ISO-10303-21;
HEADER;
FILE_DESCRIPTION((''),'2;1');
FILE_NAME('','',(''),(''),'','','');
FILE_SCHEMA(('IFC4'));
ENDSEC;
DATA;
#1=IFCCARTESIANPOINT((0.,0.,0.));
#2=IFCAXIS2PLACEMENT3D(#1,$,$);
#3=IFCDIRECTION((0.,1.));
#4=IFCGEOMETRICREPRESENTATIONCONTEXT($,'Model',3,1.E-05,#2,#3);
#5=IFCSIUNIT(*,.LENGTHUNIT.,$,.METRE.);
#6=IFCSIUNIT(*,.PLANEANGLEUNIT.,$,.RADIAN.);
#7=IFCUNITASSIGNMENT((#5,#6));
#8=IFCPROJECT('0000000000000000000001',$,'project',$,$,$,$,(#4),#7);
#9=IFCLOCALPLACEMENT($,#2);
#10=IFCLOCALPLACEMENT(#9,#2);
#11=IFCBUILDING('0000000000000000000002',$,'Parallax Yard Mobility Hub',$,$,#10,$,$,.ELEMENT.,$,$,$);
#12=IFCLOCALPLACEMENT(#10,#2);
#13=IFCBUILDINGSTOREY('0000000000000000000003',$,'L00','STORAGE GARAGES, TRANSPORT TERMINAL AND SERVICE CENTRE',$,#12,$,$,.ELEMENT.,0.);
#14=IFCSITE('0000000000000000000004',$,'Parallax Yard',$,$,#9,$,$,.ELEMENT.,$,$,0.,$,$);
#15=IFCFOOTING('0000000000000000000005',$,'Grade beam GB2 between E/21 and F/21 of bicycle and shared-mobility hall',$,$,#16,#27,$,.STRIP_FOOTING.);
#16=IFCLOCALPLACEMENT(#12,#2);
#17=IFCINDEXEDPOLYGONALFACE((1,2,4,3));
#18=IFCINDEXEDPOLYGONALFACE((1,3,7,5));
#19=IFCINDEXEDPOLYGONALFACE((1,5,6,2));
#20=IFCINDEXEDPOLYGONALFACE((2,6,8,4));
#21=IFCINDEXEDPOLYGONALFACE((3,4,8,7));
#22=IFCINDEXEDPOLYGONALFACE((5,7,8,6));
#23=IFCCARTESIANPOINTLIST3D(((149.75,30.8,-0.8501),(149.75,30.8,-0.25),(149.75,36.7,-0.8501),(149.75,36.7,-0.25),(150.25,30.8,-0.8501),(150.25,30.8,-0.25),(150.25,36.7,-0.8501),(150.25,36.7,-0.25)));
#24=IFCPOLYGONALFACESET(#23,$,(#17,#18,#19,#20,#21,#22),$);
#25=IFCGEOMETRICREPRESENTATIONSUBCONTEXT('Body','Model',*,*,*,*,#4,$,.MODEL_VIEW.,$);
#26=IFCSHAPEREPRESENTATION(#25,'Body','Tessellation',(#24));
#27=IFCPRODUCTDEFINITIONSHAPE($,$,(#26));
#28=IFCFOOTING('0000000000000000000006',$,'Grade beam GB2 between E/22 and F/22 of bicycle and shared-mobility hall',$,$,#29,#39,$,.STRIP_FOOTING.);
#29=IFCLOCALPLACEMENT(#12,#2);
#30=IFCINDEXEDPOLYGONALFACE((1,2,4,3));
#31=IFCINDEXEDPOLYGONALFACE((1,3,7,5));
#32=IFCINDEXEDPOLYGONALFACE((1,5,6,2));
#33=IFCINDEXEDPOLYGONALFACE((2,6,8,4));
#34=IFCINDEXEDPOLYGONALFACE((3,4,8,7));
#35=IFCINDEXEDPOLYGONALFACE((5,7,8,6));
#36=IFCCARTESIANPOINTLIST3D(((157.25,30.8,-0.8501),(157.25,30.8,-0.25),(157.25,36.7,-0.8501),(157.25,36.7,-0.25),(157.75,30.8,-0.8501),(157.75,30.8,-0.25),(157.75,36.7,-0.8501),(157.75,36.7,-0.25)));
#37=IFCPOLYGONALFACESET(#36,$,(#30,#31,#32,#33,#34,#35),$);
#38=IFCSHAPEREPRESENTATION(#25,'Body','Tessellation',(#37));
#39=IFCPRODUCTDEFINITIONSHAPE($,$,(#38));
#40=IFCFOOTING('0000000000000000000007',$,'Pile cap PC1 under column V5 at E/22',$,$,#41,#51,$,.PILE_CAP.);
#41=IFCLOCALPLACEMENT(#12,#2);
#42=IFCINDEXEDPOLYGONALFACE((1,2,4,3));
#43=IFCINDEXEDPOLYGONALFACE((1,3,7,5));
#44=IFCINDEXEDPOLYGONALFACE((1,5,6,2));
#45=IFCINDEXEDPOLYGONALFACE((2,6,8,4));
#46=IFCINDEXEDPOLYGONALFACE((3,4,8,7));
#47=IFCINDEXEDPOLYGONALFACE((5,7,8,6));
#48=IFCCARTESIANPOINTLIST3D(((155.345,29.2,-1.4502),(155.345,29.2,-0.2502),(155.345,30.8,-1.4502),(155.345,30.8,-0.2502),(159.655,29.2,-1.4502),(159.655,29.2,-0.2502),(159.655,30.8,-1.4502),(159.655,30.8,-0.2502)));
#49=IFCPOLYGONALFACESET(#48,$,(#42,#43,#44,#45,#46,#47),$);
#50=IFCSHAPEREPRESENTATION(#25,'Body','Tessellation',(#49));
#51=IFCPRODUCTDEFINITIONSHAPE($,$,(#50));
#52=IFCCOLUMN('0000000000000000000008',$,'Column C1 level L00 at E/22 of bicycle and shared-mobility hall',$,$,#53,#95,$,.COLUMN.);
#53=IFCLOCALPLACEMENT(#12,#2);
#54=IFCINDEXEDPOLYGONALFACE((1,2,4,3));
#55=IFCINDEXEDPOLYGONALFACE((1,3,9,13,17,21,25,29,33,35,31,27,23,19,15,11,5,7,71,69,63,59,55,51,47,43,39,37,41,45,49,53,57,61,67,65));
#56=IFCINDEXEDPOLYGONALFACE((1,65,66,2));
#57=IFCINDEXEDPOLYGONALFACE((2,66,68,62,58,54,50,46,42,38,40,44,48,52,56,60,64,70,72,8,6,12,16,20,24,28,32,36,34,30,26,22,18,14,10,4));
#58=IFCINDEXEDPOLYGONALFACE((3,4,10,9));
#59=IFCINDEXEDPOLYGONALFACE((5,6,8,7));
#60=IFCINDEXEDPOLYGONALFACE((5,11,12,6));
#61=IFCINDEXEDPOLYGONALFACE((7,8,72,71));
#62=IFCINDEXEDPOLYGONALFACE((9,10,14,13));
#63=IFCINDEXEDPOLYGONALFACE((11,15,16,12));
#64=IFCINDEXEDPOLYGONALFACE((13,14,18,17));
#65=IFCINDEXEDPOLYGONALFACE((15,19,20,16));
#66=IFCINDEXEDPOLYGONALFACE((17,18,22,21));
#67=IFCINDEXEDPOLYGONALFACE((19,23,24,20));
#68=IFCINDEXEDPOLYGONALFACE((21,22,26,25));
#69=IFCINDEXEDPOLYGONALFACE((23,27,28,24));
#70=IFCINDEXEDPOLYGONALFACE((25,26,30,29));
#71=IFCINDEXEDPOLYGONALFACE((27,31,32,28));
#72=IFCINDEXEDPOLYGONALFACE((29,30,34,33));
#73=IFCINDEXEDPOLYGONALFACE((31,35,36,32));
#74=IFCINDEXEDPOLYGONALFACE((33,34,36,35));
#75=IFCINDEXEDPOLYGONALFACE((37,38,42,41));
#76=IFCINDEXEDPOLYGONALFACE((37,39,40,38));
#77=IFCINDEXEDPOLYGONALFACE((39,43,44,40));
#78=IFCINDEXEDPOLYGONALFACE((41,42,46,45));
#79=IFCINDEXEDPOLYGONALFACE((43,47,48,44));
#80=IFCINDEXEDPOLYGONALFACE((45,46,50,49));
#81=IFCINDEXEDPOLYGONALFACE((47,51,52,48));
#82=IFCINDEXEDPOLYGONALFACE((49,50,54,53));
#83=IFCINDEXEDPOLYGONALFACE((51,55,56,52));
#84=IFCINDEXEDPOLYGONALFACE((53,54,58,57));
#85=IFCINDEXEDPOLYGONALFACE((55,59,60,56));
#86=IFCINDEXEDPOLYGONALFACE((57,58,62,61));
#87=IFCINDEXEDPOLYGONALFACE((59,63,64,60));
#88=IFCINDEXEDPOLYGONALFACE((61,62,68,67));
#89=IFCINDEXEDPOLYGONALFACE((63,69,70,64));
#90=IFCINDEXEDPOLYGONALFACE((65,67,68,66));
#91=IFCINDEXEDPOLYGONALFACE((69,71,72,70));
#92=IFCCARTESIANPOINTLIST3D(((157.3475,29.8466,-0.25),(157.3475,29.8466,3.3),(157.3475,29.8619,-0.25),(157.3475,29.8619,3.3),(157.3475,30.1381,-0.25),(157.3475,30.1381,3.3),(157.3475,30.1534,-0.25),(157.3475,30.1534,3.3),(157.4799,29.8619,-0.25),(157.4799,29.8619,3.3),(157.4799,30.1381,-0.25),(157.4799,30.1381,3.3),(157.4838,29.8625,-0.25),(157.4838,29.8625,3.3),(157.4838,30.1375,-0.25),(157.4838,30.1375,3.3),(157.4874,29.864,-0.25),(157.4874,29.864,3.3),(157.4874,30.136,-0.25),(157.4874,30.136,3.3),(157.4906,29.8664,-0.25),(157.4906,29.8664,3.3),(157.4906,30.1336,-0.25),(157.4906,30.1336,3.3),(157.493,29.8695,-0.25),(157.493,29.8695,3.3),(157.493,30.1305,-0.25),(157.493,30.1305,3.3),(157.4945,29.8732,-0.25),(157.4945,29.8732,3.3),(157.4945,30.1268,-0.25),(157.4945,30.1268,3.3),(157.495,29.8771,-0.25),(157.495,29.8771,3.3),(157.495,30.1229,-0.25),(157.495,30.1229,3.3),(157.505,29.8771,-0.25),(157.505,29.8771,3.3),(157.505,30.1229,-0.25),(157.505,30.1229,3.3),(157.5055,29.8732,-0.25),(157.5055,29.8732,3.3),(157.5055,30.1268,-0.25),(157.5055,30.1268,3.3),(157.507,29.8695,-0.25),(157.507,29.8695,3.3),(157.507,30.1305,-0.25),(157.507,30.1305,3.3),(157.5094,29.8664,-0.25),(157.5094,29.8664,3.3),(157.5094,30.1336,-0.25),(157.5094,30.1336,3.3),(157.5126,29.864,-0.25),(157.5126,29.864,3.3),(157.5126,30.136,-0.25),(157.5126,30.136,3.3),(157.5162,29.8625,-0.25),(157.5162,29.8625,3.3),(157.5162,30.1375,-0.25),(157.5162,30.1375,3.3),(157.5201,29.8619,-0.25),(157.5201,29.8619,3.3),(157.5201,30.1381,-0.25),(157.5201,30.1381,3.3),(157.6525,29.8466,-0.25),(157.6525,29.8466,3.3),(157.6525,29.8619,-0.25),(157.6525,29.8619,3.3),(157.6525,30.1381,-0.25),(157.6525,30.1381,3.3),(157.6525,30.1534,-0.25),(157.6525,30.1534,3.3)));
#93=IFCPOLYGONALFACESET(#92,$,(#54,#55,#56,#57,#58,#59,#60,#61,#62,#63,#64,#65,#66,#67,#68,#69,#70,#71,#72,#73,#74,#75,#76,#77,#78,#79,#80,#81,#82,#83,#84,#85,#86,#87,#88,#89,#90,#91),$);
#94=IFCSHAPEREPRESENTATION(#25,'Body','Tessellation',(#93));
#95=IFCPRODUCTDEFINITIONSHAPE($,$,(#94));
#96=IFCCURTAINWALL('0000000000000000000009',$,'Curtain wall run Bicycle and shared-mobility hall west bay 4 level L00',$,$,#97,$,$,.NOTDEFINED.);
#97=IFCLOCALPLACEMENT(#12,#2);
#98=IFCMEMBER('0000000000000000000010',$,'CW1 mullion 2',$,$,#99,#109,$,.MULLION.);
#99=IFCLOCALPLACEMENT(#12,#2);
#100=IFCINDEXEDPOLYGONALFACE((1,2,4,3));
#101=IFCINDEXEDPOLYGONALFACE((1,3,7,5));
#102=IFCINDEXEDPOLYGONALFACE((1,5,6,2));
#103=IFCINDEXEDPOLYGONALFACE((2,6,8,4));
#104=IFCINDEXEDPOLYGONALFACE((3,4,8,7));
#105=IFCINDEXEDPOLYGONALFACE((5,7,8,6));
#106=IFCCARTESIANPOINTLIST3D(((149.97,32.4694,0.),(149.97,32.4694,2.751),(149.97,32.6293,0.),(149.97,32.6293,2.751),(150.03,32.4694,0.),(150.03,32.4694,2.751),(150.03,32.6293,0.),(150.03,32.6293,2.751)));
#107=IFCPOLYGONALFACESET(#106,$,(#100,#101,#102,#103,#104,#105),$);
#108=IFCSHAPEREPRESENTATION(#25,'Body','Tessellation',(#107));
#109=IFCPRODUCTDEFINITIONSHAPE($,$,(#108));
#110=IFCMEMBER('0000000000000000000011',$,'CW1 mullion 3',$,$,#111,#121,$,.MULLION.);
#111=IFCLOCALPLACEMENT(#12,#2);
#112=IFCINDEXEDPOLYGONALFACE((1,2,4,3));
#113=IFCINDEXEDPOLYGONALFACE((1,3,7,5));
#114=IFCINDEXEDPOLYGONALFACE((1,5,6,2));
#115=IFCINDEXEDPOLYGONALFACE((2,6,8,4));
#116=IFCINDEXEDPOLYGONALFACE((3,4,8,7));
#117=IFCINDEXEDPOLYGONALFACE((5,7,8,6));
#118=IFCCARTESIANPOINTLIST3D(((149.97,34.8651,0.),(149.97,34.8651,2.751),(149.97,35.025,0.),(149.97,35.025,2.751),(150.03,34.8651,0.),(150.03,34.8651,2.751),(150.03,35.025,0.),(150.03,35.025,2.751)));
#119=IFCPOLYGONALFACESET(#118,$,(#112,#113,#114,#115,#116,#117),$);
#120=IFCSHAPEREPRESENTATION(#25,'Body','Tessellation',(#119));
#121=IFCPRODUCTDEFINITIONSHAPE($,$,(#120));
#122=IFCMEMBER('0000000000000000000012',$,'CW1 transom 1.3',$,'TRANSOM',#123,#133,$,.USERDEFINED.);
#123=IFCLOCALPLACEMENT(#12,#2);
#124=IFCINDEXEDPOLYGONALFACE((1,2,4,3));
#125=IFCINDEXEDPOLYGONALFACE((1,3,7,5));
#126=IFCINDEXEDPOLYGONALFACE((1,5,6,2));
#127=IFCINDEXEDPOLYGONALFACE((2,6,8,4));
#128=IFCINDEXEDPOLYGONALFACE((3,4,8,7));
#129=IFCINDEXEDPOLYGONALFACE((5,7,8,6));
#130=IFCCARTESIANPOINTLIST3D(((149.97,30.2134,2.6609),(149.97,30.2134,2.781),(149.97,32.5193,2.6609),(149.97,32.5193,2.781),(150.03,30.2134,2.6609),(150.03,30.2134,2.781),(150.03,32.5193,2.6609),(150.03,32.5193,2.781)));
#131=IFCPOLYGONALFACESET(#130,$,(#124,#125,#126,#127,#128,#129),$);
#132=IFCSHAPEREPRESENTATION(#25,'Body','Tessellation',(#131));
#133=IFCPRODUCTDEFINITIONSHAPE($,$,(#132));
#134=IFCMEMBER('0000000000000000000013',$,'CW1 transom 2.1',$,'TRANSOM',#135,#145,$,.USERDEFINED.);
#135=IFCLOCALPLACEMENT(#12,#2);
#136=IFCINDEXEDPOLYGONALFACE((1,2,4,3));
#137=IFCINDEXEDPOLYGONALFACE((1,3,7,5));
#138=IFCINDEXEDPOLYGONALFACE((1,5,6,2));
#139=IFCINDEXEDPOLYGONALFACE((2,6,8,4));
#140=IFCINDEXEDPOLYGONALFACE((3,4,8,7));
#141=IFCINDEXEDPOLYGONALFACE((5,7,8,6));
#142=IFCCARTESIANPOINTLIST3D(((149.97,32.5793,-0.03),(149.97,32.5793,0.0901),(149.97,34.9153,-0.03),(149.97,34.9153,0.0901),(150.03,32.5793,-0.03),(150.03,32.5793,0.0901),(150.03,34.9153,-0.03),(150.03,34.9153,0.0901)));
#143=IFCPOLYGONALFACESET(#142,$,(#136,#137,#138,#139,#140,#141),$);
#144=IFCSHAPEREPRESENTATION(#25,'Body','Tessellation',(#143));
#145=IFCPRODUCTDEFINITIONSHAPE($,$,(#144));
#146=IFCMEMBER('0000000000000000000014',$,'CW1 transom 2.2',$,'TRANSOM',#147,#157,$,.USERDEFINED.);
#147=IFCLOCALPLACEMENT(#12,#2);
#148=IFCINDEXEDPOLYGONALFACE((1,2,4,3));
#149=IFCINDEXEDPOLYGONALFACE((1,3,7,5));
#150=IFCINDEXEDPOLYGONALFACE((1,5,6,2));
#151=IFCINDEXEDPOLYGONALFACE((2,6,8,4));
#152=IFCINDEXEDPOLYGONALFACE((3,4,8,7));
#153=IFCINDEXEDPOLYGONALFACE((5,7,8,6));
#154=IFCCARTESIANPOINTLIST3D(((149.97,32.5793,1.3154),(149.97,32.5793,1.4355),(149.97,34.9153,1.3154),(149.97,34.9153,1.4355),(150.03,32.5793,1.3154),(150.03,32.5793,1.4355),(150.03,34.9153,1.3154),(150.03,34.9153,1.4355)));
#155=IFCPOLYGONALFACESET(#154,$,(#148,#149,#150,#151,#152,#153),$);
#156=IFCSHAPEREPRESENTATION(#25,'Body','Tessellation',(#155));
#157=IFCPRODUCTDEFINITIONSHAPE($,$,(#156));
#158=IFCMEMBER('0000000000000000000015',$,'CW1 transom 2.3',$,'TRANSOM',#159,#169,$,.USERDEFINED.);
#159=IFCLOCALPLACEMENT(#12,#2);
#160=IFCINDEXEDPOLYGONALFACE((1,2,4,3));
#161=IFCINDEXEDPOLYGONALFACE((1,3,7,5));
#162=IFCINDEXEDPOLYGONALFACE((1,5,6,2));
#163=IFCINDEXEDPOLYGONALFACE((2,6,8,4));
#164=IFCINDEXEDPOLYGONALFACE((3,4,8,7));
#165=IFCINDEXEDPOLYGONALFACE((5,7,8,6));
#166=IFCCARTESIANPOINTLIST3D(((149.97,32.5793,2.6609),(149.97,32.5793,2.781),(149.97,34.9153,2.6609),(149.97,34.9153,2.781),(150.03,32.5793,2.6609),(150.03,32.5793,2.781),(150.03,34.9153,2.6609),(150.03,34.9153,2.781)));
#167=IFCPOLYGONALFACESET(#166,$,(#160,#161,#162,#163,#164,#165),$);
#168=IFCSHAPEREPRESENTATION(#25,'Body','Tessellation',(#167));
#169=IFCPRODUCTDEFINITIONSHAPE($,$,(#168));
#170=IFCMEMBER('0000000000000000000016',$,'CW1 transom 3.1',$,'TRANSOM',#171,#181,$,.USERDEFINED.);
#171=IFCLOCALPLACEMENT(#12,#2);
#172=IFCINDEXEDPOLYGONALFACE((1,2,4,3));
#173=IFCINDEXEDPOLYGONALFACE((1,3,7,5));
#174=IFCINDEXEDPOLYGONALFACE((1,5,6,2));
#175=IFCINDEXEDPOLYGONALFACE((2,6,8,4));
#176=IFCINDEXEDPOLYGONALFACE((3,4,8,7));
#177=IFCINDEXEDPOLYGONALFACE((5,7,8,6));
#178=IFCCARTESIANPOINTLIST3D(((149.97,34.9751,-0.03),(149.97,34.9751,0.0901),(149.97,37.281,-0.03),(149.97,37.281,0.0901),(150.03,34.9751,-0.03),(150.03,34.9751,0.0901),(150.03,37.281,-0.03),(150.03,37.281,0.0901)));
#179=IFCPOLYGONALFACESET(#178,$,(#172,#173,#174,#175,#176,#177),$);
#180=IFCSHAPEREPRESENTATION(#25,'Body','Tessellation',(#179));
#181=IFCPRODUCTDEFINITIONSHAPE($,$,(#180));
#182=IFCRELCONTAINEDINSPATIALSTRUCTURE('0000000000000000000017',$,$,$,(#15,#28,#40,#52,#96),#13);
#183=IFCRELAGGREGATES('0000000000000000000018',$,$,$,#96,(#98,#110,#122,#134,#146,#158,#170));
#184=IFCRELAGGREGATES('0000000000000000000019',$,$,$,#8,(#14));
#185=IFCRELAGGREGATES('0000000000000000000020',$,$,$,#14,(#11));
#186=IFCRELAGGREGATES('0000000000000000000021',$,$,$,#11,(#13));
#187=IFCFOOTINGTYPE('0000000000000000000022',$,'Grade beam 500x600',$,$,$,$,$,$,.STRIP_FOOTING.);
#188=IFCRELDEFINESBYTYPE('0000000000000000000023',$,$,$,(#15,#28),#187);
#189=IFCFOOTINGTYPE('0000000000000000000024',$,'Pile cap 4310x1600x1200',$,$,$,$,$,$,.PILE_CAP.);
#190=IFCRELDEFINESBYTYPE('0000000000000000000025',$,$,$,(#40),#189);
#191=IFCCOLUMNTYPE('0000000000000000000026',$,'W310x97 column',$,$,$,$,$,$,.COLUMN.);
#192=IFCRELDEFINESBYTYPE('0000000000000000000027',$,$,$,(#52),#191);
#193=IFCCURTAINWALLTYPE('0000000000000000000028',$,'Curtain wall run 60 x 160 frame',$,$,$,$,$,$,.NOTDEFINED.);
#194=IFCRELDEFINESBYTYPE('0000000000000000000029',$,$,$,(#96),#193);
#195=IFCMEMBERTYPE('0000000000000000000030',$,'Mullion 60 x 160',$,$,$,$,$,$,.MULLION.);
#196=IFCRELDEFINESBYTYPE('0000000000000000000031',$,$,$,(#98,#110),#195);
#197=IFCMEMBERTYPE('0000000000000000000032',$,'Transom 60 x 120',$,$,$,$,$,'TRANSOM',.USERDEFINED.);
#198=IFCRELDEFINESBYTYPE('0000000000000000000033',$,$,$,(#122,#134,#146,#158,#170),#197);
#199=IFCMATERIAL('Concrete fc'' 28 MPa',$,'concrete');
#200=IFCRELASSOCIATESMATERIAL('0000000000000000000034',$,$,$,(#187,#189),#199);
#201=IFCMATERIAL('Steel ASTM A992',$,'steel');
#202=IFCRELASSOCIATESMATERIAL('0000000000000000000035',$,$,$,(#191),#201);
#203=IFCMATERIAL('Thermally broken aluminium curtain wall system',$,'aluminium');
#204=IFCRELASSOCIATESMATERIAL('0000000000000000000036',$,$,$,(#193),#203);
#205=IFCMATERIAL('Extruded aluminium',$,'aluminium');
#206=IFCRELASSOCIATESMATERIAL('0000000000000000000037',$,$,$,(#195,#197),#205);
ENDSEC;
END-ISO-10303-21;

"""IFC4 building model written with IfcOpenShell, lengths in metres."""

from ifc_helpers import new_model, si_unit, direction, frame, origin, origin_2d, place, context, subcontext, project, spatial, rectangle, i_section, extrude, material, material_profile, profile_set, type_object, element, aggregate, save


model = new_model("IFC4")

# Units and contexts
model_context = context("Model", 3, precision=1e-05, world=origin(), true_north=direction((0.0, 1.0)))
body_context = subcontext(model_context, "Body", "Model", "MODEL_VIEW")
ifc_project = project(units=[si_unit("LENGTHUNIT", "METRE"), si_unit("PLANEANGLEUNIT", "RADIAN")], contexts=[model_context])

# Site, building, storey
site_placement = place(None, origin())
site = spatial("IfcSite", under=ifc_project, at=site_placement, Name="Parallax Yard", CompositionType="ELEMENT", RefElevation=0.0)
building_placement = place(site_placement, origin())
building = spatial("IfcBuilding", under=site, at=building_placement, Name="Parallax Yard Mobility Hub", CompositionType="ELEMENT")
storey_placement = place(building_placement, origin())
storey = spatial("IfcBuildingStorey", under=building, at=storey_placement, Name="L00", Description="STORAGE GARAGES, TRANSPORT TERMINAL AND SERVICE CENTRE", CompositionType="ELEMENT", Elevation=0.0)

# Shared definitions
ifc_material_1 = material(Name="Concrete fc' 28 MPa", Category="concrete")

# Footings
ifc_material_profile_1 = material_profile(ifc_material_1, rectangle(XDim=0.5, YDim=0.6001, at=origin_2d()), Name="Grade beam 500x600")
ifc_profile_set_1 = profile_set([ifc_material_profile_1], Name="Concrete fc' 28 MPa")
footing_type_1 = type_object("IfcFootingType", Name="Grade beam 500x600", PredefinedType="STRIP_FOOTING", material=ifc_profile_set_1)
for number, where, z_axis, x_axis, name in (
    (1, (150.0, 30.8, -0.55), (0.0, 1.0, 0.0), (-1.0, 0.0, 0.0), "Grade beam GB2 between E/21 and F/21 of bicycle and shared-mobility hall"),
    (2, (157.5, 30.8, -0.55), (0.0, 1.0, 0.0), (-1.0, 0.0, 0.0), "Grade beam GB2 between E/22 and F/22 of bicycle and shared-mobility hall"),
):
    element("IfcFooting", number, at=place(storey_placement, frame(where, z_axis=z_axis, x_axis=x_axis)), inside=storey, type_object=footing_type_1, Name=name, PredefinedType="STRIP_FOOTING", context=body_context, shape_type="SweptSolid", body=[
        extrude(rectangle(XDim=0.5, YDim=0.6001, at=origin_2d()), origin(), (0.0, 0.0, 1.0), 5.8999),
    ])
footing_type_2 = type_object("IfcFootingType", Name="Pile cap 4310x1600x1200", PredefinedType="PILE_CAP", material=ifc_material_1)
footing_1_placement = place(storey_placement, frame((157.5, 30.0, -1.4502), z_axis=(0.0, 0.0, 1.0), x_axis=(1.0, 0.0, 0.0)))
element("IfcFooting", 3, at=footing_1_placement, inside=storey, type_object=footing_type_2, Name="Pile cap PC1 under column V5 at E/22", PredefinedType="PILE_CAP", context=body_context, shape_type="SweptSolid", body=[
    extrude(rectangle(XDim=4.3101, YDim=1.6001, at=origin_2d()), origin(), (0.0, 0.0, 1.0), 1.2),
])

# Column
ifc_material_2 = material(Name="Steel ASTM A992", Category="steel")
ifc_material_profile_2 = material_profile(ifc_material_2, i_section(OverallWidth=0.3049, OverallDepth=0.3069, WebThickness=0.01, FlangeThickness=0.0154, FilletRadius=0.0151, at=origin_2d()), Name="W310x97")
ifc_profile_set_2 = profile_set([ifc_material_profile_2], Name="Steel ASTM A992")
column_type = type_object("IfcColumnType", Name="W310x97 column", PredefinedType="COLUMN", material=ifc_profile_set_2)
column_placement = place(storey_placement, frame((157.5, 30.0, -0.25), z_axis=(0.0, 0.0, 1.0), x_axis=(1.0, 0.0, 0.0)))
element("IfcColumn", 4, at=column_placement, inside=storey, type_object=column_type, Name="Column C1 level L00 at E/22 of bicycle and shared-mobility hall", PredefinedType="COLUMN", context=body_context, shape_type="SweptSolid", body=[
    extrude(i_section(OverallWidth=0.3049, OverallDepth=0.3069, WebThickness=0.01, FlangeThickness=0.0154, FilletRadius=0.0151, at=origin_2d()), origin(), (0.0, 0.0, 1.0), 3.55),
])

# Curtain wall, members
ifc_material_3 = material(Name="Thermally broken aluminium curtain wall system", Category="aluminium")
curtain_wall_type = type_object("IfcCurtainWallType", Name="Curtain wall run 60 x 160 frame", PredefinedType="NOTDEFINED", material=ifc_material_3)
curtain_wall_placement = place(storey_placement, origin())
curtain_wall = element("IfcCurtainWall", 5, at=curtain_wall_placement, inside=storey, type_object=curtain_wall_type, Name="Curtain wall run Bicycle and shared-mobility hall west bay 4 level L00", PredefinedType="NOTDEFINED")
ifc_material_4 = material(Name="Extruded aluminium", Category="aluminium")
ifc_material_profile_3 = material_profile(ifc_material_4, rectangle(XDim=0.0601, YDim=0.1599, at=origin_2d()), Name="Mullion 60 x 160")
ifc_profile_set_3 = profile_set([ifc_material_profile_3], Name="Extruded aluminium")
member_type_1 = type_object("IfcMemberType", Name="Mullion 60 x 160", PredefinedType="MULLION", material=ifc_profile_set_3)
member_1_placement = place(storey_placement, frame((150.0, 32.5493, 0.0), z_axis=(0.0, 0.0, 1.0), x_axis=(-1.0, 0.0, 0.0)))
member_1 = element("IfcMember", 6, at=member_1_placement, type_object=member_type_1, Name="CW1 mullion 2", PredefinedType="MULLION", context=body_context, shape_type="SweptSolid", body=[
    extrude(rectangle(XDim=0.0601, YDim=0.1599, at=origin_2d()), origin(), (0.0, 0.0, 1.0), 2.751),
])
member_2_placement = place(storey_placement, frame((150.0, 34.9451, 0.0), z_axis=(0.0, 0.0, 1.0), x_axis=(-1.0, 0.0, 0.0)))
member_2 = element("IfcMember", 7, at=member_2_placement, type_object=member_type_1, Name="CW1 mullion 3", PredefinedType="MULLION", context=body_context, shape_type="SweptSolid", body=[
    extrude(rectangle(XDim=0.0601, YDim=0.1599, at=origin_2d()), origin(), (0.0, 0.0, 1.0), 2.751),
])
ifc_material_profile_4 = material_profile(ifc_material_4, rectangle(XDim=0.0601, YDim=0.1201, at=origin_2d()), Name="Transom 60 x 120")
ifc_profile_set_4 = profile_set([ifc_material_profile_4], Name="Extruded aluminium")
member_type_2 = type_object("IfcMemberType", Name="Transom 60 x 120", ElementType="TRANSOM", PredefinedType="USERDEFINED", material=ifc_profile_set_4)
member_3_placement = place(storey_placement, frame((150.0, 30.2134, 2.7209), z_axis=(0.0, 1.0, 0.0), x_axis=(-1.0, 0.0, 0.0)))
member_3 = element("IfcMember", 8, at=member_3_placement, type_object=member_type_2, Name="CW1 transom 1.3", ObjectType="TRANSOM", PredefinedType="USERDEFINED", context=body_context, shape_type="SweptSolid", body=[
    extrude(rectangle(XDim=0.0601, YDim=0.1201, at=origin_2d()), origin(), (0.0, 0.0, 1.0), 2.3059),
])
member_4_placement = place(storey_placement, frame((150.0, 32.5793, 0.03), z_axis=(0.0, 1.0, 0.0), x_axis=(-1.0, 0.0, 0.0)))
member_4 = element("IfcMember", 9, at=member_4_placement, type_object=member_type_2, Name="CW1 transom 2.1", ObjectType="TRANSOM", PredefinedType="USERDEFINED", context=body_context, shape_type="SweptSolid", body=[
    extrude(rectangle(XDim=0.0601, YDim=0.1201, at=origin_2d()), origin(), (0.0, 0.0, 1.0), 2.3359),
])
member_5_placement = place(storey_placement, frame((150.0, 32.5793, 1.3755), z_axis=(0.0, 1.0, 0.0), x_axis=(-1.0, 0.0, 0.0)))
member_5 = element("IfcMember", 10, at=member_5_placement, type_object=member_type_2, Name="CW1 transom 2.2", ObjectType="TRANSOM", PredefinedType="USERDEFINED", context=body_context, shape_type="SweptSolid", body=[
    extrude(rectangle(XDim=0.0601, YDim=0.1201, at=origin_2d()), origin(), (0.0, 0.0, 1.0), 2.3359),
])
member_6_placement = place(storey_placement, frame((150.0, 32.5793, 2.7209), z_axis=(0.0, 1.0, 0.0), x_axis=(-1.0, 0.0, 0.0)))
member_6 = element("IfcMember", 11, at=member_6_placement, type_object=member_type_2, Name="CW1 transom 2.3", ObjectType="TRANSOM", PredefinedType="USERDEFINED", context=body_context, shape_type="SweptSolid", body=[
    extrude(rectangle(XDim=0.0601, YDim=0.1201, at=origin_2d()), origin(), (0.0, 0.0, 1.0), 2.3359),
])
member_7_placement = place(storey_placement, frame((150.0, 34.9751, 0.03), z_axis=(0.0, 1.0, 0.0), x_axis=(-1.0, 0.0, 0.0)))
member_7 = element("IfcMember", 12, at=member_7_placement, type_object=member_type_2, Name="CW1 transom 3.1", ObjectType="TRANSOM", PredefinedType="USERDEFINED", context=body_context, shape_type="SweptSolid", body=[
    extrude(rectangle(XDim=0.0601, YDim=0.1201, at=origin_2d()), origin(), (0.0, 0.0, 1.0), 2.3059),
])
aggregate(curtain_wall, [member_1, member_2, member_3, member_4, member_5, member_6, member_7])

save(model, "model.ifc")
